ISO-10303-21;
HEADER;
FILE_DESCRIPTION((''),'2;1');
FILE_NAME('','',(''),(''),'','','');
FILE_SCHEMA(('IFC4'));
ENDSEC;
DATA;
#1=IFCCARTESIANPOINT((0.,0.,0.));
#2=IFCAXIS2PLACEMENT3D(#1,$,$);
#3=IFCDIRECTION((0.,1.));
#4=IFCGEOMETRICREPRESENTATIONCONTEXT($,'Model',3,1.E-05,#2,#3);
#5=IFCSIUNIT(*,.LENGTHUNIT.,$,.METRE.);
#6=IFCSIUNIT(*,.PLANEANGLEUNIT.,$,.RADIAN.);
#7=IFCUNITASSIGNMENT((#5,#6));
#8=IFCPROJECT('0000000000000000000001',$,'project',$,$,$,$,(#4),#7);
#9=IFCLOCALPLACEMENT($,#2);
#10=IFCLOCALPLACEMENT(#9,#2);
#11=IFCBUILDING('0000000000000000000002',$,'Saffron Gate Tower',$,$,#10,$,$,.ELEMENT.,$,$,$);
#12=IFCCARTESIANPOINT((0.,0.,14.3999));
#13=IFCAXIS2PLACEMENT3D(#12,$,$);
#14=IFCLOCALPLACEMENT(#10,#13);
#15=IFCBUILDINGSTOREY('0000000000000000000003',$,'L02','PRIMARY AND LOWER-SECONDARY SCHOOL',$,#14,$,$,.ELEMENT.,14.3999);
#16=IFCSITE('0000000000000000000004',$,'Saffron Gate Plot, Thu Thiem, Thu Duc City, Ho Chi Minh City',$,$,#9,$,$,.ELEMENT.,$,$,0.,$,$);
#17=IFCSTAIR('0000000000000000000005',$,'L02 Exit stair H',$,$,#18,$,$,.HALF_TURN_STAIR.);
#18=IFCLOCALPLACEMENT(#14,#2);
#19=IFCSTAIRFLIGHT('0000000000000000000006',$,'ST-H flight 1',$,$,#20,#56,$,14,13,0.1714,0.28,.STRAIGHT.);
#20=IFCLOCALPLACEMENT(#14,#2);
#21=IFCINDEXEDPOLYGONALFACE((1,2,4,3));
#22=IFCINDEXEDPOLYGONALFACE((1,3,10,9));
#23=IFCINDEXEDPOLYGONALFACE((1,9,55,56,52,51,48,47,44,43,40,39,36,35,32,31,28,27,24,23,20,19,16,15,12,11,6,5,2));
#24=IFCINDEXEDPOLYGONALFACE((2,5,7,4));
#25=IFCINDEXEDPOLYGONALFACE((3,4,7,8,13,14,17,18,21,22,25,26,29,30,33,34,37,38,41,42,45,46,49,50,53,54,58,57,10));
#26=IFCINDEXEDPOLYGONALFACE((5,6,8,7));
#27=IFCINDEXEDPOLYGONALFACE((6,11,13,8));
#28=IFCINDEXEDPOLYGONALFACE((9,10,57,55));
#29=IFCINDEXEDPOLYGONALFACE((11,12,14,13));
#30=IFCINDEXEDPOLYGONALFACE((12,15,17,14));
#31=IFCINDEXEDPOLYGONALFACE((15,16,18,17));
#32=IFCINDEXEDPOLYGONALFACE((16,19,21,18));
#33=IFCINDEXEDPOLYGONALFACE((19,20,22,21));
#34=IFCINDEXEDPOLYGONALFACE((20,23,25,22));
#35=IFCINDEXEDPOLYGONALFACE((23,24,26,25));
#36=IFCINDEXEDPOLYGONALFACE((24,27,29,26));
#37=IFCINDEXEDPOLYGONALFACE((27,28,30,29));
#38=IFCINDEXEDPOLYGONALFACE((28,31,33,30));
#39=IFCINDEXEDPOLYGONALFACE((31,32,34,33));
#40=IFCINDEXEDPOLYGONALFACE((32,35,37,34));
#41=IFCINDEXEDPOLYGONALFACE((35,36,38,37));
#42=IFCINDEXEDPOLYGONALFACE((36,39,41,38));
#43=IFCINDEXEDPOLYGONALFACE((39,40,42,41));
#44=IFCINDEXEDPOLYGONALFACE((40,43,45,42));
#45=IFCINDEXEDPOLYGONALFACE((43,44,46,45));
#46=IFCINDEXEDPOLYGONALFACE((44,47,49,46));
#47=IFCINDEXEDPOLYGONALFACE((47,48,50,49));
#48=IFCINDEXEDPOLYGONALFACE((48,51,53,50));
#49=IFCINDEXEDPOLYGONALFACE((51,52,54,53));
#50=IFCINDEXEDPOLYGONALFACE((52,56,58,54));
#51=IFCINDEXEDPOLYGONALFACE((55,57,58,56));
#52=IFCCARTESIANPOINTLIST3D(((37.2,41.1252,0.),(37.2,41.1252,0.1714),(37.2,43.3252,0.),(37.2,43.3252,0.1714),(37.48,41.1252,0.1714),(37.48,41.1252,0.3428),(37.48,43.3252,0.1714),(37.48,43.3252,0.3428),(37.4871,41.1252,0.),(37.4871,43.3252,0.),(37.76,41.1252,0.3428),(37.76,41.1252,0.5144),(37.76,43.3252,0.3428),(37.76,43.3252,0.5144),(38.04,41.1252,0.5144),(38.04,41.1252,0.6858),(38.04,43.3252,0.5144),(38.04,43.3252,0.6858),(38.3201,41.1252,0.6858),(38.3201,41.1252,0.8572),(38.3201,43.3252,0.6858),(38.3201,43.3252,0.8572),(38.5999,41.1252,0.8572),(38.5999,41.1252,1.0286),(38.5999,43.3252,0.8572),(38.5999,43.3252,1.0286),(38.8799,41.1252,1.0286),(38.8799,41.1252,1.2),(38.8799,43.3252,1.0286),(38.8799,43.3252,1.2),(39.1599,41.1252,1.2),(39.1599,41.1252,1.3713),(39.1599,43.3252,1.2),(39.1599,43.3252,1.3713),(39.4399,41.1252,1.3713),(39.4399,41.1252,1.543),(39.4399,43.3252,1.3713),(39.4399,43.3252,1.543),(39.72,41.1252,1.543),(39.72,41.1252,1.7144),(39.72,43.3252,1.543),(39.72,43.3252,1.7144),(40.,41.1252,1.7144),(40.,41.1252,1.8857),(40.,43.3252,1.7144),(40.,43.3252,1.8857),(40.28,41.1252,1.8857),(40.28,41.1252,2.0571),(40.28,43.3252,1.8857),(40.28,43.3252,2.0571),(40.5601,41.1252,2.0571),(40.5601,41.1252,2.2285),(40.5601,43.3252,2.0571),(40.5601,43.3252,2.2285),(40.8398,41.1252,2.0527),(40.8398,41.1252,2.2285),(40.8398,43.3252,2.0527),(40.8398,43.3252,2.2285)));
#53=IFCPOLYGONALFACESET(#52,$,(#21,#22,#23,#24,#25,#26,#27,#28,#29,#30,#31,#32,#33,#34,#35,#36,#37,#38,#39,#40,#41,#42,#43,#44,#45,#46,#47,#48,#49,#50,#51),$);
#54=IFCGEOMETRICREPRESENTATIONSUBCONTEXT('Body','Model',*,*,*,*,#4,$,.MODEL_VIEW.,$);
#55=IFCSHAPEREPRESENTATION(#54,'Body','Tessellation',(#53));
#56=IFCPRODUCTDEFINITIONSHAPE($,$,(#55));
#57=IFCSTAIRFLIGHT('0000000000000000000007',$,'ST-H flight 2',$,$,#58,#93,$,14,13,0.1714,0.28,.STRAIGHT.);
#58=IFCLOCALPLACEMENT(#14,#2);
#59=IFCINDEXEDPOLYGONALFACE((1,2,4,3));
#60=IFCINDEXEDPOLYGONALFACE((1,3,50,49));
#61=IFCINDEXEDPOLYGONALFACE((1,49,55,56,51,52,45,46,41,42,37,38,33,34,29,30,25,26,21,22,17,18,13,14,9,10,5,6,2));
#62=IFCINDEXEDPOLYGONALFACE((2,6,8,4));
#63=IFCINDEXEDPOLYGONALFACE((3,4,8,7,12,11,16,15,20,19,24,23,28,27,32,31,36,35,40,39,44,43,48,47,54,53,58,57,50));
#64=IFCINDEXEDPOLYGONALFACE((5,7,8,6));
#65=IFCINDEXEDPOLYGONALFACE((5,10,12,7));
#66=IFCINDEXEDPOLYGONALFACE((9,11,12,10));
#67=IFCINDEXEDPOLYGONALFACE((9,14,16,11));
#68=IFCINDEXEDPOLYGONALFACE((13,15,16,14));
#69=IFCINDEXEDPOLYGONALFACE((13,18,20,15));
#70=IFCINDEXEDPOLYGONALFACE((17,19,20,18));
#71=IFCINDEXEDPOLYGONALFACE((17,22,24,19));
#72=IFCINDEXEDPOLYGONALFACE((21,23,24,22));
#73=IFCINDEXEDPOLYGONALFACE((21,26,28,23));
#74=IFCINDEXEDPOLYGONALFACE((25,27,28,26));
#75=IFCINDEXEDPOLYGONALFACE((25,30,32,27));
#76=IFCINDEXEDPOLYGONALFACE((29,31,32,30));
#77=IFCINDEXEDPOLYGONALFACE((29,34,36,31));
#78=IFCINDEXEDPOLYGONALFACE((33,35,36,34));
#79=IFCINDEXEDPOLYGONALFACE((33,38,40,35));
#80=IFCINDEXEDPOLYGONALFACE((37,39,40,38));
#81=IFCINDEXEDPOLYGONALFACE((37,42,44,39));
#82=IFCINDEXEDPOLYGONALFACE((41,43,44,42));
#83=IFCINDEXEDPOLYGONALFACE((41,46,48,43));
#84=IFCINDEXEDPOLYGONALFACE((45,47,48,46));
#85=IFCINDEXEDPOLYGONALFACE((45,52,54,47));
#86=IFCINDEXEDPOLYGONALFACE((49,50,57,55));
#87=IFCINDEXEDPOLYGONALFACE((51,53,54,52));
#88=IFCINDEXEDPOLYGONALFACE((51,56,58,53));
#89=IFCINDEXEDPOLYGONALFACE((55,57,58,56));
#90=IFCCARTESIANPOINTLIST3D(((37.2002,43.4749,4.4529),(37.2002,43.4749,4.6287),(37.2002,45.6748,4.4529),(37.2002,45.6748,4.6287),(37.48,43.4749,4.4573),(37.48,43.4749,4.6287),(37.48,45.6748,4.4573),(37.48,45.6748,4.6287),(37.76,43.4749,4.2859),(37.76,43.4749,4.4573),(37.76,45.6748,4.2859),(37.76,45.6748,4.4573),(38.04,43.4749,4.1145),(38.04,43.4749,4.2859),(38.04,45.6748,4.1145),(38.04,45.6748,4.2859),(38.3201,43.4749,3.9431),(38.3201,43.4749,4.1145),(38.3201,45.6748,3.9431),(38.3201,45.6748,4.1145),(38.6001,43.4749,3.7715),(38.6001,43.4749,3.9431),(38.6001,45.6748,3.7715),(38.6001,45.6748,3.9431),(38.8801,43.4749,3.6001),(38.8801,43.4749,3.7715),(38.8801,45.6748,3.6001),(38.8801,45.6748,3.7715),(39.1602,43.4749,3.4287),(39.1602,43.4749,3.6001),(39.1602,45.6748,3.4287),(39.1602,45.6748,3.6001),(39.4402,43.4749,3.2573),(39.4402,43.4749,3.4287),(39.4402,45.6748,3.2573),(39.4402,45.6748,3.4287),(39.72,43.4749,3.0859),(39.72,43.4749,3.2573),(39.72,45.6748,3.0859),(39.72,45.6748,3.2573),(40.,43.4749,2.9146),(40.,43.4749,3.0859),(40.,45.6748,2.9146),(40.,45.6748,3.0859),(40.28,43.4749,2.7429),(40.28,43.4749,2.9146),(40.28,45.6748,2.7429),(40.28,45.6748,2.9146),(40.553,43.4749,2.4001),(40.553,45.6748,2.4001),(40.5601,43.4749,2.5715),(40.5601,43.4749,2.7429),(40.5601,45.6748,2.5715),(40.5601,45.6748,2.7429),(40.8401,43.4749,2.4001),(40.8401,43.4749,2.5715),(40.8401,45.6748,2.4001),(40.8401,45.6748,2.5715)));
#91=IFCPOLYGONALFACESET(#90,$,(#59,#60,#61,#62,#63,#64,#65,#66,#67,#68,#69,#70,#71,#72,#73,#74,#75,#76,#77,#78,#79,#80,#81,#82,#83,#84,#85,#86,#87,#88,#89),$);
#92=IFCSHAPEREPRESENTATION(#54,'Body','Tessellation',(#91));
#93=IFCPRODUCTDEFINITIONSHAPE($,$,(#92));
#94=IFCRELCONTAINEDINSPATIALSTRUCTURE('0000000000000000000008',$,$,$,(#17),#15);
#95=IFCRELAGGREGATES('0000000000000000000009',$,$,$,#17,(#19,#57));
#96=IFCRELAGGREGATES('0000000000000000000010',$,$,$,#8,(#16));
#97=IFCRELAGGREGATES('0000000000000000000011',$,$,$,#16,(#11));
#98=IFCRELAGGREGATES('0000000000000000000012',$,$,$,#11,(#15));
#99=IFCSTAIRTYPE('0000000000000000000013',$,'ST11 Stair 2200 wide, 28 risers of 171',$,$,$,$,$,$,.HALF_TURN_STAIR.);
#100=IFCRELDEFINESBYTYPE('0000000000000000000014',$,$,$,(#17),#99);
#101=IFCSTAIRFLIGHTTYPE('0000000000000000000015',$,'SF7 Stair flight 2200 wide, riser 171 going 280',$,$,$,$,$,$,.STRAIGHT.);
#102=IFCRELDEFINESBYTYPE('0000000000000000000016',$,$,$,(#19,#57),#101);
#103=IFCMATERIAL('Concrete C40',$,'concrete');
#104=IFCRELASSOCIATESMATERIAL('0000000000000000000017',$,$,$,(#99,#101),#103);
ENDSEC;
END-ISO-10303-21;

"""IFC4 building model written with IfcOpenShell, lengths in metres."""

from ifc_helpers import new_model, si_unit, direction, frame, origin, place, context, subcontext, project, spatial, polyline, outline, extrude, material, type_object, element, aggregate, save


model = new_model("IFC4")

# Units and contexts
model_context = context("Model", 3, precision=1e-05, world=origin(), true_north=direction((0.0, 1.0)))
body_context = subcontext(model_context, "Body", "Model", "MODEL_VIEW")
ifc_project = project(units=[si_unit("LENGTHUNIT", "METRE"), si_unit("PLANEANGLEUNIT", "RADIAN")], contexts=[model_context])

# Site, building, storey
site_placement = place(None, origin())
site = spatial("IfcSite", under=ifc_project, at=site_placement, Name="Saffron Gate Plot, Thu Thiem, Thu Duc City, Ho Chi Minh City", CompositionType="ELEMENT", RefElevation=0.0)
building_placement = place(site_placement, origin())
building = spatial("IfcBuilding", under=site, at=building_placement, Name="Saffron Gate Tower", CompositionType="ELEMENT")
storey_placement = place(building_placement, frame((0.0, 0.0, 14.3999)))
storey = spatial("IfcBuildingStorey", under=building, at=storey_placement, Name="L02", Description="PRIMARY AND LOWER-SECONDARY SCHOOL", CompositionType="ELEMENT", Elevation=14.3999)

# Stair, stair flights
ifc_material_1 = material(Name="Concrete C40", Category="concrete")
stair_type = type_object("IfcStairType", Name="ST11 Stair 2200 wide, 28 risers of 171", PredefinedType="HALF_TURN_STAIR", material=ifc_material_1)
stair_placement = place(storey_placement, origin())
stair = element("IfcStair", 1, at=stair_placement, inside=storey, type_object=stair_type, Name="L02 Exit stair H", PredefinedType="HALF_TURN_STAIR")
stair_flight_type = type_object("IfcStairFlightType", Name="SF7 Stair flight 2200 wide, riser 171 going 280", PredefinedType="STRAIGHT", material=ifc_material_1)
stair_flight_1_placement = place(storey_placement, frame((37.2, 42.2251, 0.0), z_axis=(0.0, 0.0, 1.0), x_axis=(1.0, 0.0, 0.0)))
stair_flight_1 = element("IfcStairFlight", 2, at=stair_flight_1_placement, type_object=stair_flight_type, Name="ST-H flight 1", NumberOfRisers=14, NumberOfTreads=13, PredefinedType="STRAIGHT", RiserHeight=0.1714, TreadLength=0.28, context=body_context, shape_type="SweptSolid", body=[
    extrude(outline(polyline([(0.0, 0.0), (0.0, 0.1714), (0.28, 0.1714), (0.28, 0.3428), (0.5601, 0.3428), (0.5601, 0.5144), (0.8401, 0.5144), (0.8401, 0.6858), (1.1201, 0.6858), (1.1201, 0.8572), (1.3999, 0.8572), (1.3999, 1.0286), (1.6799, 1.0286), (1.6799, 1.2), (1.96, 1.2), (1.96, 1.3713), (2.24, 1.3713), (2.24, 1.543), (2.52, 1.543), (2.52, 1.7144), (2.8, 1.7144), (2.8, 1.8857), (3.0801, 1.8857), (3.0801, 2.0571), (3.3601, 2.0571), (3.3601, 2.2285), (3.6399, 2.2285), (3.6399, 2.3999), (3.6399, 2.0527), (0.2871, 0.0), (0.0, 0.0)])), frame((0.0, 1.1001, 0.0), z_axis=(0.0, -1.0, 0.0), x_axis=(1.0, 0.0, 0.0)), (0.0, 0.0, 1.0), 2.2),
])
stair_flight_2_placement = place(storey_placement, frame((40.8401, 44.575, 2.4001), z_axis=(0.0, 0.0, 1.0), x_axis=(-1.0, 0.0, 0.0)))
stair_flight_2 = element("IfcStairFlight", 3, at=stair_flight_2_placement, type_object=stair_flight_type, Name="ST-H flight 2", NumberOfRisers=14, NumberOfTreads=13, PredefinedType="STRAIGHT", RiserHeight=0.1714, TreadLength=0.28, context=body_context, shape_type="SweptSolid", body=[
    extrude(outline(polyline([(0.0, 0.0), (0.0, 0.1714), (0.28, 0.1714), (0.28, 0.3428), (0.5601, 0.3428), (0.5601, 0.5144), (0.8401, 0.5144), (0.8401, 0.6858), (1.1201, 0.6858), (1.1201, 0.8572), (1.3999, 0.8572), (1.3999, 1.0286), (1.6799, 1.0286), (1.6799, 1.2), (1.96, 1.2), (1.96, 1.3713), (2.24, 1.3713), (2.24, 1.543), (2.52, 1.543), (2.52, 1.7144), (2.8, 1.7144), (2.8, 1.8857), (3.0801, 1.8857), (3.0801, 2.0571), (3.3601, 2.0571), (3.3601, 2.2285), (3.6399, 2.2285), (3.6399, 2.3999), (3.6399, 2.0527), (0.2871, 0.0), (0.0, 0.0)])), frame((0.0, 1.1001, 0.0), z_axis=(0.0, -1.0, 0.0), x_axis=(1.0, 0.0, 0.0)), (0.0, 0.0, 1.0), 2.2),
])
aggregate(stair, [stair_flight_1, stair_flight_2])

save(model, "model.ifc")
